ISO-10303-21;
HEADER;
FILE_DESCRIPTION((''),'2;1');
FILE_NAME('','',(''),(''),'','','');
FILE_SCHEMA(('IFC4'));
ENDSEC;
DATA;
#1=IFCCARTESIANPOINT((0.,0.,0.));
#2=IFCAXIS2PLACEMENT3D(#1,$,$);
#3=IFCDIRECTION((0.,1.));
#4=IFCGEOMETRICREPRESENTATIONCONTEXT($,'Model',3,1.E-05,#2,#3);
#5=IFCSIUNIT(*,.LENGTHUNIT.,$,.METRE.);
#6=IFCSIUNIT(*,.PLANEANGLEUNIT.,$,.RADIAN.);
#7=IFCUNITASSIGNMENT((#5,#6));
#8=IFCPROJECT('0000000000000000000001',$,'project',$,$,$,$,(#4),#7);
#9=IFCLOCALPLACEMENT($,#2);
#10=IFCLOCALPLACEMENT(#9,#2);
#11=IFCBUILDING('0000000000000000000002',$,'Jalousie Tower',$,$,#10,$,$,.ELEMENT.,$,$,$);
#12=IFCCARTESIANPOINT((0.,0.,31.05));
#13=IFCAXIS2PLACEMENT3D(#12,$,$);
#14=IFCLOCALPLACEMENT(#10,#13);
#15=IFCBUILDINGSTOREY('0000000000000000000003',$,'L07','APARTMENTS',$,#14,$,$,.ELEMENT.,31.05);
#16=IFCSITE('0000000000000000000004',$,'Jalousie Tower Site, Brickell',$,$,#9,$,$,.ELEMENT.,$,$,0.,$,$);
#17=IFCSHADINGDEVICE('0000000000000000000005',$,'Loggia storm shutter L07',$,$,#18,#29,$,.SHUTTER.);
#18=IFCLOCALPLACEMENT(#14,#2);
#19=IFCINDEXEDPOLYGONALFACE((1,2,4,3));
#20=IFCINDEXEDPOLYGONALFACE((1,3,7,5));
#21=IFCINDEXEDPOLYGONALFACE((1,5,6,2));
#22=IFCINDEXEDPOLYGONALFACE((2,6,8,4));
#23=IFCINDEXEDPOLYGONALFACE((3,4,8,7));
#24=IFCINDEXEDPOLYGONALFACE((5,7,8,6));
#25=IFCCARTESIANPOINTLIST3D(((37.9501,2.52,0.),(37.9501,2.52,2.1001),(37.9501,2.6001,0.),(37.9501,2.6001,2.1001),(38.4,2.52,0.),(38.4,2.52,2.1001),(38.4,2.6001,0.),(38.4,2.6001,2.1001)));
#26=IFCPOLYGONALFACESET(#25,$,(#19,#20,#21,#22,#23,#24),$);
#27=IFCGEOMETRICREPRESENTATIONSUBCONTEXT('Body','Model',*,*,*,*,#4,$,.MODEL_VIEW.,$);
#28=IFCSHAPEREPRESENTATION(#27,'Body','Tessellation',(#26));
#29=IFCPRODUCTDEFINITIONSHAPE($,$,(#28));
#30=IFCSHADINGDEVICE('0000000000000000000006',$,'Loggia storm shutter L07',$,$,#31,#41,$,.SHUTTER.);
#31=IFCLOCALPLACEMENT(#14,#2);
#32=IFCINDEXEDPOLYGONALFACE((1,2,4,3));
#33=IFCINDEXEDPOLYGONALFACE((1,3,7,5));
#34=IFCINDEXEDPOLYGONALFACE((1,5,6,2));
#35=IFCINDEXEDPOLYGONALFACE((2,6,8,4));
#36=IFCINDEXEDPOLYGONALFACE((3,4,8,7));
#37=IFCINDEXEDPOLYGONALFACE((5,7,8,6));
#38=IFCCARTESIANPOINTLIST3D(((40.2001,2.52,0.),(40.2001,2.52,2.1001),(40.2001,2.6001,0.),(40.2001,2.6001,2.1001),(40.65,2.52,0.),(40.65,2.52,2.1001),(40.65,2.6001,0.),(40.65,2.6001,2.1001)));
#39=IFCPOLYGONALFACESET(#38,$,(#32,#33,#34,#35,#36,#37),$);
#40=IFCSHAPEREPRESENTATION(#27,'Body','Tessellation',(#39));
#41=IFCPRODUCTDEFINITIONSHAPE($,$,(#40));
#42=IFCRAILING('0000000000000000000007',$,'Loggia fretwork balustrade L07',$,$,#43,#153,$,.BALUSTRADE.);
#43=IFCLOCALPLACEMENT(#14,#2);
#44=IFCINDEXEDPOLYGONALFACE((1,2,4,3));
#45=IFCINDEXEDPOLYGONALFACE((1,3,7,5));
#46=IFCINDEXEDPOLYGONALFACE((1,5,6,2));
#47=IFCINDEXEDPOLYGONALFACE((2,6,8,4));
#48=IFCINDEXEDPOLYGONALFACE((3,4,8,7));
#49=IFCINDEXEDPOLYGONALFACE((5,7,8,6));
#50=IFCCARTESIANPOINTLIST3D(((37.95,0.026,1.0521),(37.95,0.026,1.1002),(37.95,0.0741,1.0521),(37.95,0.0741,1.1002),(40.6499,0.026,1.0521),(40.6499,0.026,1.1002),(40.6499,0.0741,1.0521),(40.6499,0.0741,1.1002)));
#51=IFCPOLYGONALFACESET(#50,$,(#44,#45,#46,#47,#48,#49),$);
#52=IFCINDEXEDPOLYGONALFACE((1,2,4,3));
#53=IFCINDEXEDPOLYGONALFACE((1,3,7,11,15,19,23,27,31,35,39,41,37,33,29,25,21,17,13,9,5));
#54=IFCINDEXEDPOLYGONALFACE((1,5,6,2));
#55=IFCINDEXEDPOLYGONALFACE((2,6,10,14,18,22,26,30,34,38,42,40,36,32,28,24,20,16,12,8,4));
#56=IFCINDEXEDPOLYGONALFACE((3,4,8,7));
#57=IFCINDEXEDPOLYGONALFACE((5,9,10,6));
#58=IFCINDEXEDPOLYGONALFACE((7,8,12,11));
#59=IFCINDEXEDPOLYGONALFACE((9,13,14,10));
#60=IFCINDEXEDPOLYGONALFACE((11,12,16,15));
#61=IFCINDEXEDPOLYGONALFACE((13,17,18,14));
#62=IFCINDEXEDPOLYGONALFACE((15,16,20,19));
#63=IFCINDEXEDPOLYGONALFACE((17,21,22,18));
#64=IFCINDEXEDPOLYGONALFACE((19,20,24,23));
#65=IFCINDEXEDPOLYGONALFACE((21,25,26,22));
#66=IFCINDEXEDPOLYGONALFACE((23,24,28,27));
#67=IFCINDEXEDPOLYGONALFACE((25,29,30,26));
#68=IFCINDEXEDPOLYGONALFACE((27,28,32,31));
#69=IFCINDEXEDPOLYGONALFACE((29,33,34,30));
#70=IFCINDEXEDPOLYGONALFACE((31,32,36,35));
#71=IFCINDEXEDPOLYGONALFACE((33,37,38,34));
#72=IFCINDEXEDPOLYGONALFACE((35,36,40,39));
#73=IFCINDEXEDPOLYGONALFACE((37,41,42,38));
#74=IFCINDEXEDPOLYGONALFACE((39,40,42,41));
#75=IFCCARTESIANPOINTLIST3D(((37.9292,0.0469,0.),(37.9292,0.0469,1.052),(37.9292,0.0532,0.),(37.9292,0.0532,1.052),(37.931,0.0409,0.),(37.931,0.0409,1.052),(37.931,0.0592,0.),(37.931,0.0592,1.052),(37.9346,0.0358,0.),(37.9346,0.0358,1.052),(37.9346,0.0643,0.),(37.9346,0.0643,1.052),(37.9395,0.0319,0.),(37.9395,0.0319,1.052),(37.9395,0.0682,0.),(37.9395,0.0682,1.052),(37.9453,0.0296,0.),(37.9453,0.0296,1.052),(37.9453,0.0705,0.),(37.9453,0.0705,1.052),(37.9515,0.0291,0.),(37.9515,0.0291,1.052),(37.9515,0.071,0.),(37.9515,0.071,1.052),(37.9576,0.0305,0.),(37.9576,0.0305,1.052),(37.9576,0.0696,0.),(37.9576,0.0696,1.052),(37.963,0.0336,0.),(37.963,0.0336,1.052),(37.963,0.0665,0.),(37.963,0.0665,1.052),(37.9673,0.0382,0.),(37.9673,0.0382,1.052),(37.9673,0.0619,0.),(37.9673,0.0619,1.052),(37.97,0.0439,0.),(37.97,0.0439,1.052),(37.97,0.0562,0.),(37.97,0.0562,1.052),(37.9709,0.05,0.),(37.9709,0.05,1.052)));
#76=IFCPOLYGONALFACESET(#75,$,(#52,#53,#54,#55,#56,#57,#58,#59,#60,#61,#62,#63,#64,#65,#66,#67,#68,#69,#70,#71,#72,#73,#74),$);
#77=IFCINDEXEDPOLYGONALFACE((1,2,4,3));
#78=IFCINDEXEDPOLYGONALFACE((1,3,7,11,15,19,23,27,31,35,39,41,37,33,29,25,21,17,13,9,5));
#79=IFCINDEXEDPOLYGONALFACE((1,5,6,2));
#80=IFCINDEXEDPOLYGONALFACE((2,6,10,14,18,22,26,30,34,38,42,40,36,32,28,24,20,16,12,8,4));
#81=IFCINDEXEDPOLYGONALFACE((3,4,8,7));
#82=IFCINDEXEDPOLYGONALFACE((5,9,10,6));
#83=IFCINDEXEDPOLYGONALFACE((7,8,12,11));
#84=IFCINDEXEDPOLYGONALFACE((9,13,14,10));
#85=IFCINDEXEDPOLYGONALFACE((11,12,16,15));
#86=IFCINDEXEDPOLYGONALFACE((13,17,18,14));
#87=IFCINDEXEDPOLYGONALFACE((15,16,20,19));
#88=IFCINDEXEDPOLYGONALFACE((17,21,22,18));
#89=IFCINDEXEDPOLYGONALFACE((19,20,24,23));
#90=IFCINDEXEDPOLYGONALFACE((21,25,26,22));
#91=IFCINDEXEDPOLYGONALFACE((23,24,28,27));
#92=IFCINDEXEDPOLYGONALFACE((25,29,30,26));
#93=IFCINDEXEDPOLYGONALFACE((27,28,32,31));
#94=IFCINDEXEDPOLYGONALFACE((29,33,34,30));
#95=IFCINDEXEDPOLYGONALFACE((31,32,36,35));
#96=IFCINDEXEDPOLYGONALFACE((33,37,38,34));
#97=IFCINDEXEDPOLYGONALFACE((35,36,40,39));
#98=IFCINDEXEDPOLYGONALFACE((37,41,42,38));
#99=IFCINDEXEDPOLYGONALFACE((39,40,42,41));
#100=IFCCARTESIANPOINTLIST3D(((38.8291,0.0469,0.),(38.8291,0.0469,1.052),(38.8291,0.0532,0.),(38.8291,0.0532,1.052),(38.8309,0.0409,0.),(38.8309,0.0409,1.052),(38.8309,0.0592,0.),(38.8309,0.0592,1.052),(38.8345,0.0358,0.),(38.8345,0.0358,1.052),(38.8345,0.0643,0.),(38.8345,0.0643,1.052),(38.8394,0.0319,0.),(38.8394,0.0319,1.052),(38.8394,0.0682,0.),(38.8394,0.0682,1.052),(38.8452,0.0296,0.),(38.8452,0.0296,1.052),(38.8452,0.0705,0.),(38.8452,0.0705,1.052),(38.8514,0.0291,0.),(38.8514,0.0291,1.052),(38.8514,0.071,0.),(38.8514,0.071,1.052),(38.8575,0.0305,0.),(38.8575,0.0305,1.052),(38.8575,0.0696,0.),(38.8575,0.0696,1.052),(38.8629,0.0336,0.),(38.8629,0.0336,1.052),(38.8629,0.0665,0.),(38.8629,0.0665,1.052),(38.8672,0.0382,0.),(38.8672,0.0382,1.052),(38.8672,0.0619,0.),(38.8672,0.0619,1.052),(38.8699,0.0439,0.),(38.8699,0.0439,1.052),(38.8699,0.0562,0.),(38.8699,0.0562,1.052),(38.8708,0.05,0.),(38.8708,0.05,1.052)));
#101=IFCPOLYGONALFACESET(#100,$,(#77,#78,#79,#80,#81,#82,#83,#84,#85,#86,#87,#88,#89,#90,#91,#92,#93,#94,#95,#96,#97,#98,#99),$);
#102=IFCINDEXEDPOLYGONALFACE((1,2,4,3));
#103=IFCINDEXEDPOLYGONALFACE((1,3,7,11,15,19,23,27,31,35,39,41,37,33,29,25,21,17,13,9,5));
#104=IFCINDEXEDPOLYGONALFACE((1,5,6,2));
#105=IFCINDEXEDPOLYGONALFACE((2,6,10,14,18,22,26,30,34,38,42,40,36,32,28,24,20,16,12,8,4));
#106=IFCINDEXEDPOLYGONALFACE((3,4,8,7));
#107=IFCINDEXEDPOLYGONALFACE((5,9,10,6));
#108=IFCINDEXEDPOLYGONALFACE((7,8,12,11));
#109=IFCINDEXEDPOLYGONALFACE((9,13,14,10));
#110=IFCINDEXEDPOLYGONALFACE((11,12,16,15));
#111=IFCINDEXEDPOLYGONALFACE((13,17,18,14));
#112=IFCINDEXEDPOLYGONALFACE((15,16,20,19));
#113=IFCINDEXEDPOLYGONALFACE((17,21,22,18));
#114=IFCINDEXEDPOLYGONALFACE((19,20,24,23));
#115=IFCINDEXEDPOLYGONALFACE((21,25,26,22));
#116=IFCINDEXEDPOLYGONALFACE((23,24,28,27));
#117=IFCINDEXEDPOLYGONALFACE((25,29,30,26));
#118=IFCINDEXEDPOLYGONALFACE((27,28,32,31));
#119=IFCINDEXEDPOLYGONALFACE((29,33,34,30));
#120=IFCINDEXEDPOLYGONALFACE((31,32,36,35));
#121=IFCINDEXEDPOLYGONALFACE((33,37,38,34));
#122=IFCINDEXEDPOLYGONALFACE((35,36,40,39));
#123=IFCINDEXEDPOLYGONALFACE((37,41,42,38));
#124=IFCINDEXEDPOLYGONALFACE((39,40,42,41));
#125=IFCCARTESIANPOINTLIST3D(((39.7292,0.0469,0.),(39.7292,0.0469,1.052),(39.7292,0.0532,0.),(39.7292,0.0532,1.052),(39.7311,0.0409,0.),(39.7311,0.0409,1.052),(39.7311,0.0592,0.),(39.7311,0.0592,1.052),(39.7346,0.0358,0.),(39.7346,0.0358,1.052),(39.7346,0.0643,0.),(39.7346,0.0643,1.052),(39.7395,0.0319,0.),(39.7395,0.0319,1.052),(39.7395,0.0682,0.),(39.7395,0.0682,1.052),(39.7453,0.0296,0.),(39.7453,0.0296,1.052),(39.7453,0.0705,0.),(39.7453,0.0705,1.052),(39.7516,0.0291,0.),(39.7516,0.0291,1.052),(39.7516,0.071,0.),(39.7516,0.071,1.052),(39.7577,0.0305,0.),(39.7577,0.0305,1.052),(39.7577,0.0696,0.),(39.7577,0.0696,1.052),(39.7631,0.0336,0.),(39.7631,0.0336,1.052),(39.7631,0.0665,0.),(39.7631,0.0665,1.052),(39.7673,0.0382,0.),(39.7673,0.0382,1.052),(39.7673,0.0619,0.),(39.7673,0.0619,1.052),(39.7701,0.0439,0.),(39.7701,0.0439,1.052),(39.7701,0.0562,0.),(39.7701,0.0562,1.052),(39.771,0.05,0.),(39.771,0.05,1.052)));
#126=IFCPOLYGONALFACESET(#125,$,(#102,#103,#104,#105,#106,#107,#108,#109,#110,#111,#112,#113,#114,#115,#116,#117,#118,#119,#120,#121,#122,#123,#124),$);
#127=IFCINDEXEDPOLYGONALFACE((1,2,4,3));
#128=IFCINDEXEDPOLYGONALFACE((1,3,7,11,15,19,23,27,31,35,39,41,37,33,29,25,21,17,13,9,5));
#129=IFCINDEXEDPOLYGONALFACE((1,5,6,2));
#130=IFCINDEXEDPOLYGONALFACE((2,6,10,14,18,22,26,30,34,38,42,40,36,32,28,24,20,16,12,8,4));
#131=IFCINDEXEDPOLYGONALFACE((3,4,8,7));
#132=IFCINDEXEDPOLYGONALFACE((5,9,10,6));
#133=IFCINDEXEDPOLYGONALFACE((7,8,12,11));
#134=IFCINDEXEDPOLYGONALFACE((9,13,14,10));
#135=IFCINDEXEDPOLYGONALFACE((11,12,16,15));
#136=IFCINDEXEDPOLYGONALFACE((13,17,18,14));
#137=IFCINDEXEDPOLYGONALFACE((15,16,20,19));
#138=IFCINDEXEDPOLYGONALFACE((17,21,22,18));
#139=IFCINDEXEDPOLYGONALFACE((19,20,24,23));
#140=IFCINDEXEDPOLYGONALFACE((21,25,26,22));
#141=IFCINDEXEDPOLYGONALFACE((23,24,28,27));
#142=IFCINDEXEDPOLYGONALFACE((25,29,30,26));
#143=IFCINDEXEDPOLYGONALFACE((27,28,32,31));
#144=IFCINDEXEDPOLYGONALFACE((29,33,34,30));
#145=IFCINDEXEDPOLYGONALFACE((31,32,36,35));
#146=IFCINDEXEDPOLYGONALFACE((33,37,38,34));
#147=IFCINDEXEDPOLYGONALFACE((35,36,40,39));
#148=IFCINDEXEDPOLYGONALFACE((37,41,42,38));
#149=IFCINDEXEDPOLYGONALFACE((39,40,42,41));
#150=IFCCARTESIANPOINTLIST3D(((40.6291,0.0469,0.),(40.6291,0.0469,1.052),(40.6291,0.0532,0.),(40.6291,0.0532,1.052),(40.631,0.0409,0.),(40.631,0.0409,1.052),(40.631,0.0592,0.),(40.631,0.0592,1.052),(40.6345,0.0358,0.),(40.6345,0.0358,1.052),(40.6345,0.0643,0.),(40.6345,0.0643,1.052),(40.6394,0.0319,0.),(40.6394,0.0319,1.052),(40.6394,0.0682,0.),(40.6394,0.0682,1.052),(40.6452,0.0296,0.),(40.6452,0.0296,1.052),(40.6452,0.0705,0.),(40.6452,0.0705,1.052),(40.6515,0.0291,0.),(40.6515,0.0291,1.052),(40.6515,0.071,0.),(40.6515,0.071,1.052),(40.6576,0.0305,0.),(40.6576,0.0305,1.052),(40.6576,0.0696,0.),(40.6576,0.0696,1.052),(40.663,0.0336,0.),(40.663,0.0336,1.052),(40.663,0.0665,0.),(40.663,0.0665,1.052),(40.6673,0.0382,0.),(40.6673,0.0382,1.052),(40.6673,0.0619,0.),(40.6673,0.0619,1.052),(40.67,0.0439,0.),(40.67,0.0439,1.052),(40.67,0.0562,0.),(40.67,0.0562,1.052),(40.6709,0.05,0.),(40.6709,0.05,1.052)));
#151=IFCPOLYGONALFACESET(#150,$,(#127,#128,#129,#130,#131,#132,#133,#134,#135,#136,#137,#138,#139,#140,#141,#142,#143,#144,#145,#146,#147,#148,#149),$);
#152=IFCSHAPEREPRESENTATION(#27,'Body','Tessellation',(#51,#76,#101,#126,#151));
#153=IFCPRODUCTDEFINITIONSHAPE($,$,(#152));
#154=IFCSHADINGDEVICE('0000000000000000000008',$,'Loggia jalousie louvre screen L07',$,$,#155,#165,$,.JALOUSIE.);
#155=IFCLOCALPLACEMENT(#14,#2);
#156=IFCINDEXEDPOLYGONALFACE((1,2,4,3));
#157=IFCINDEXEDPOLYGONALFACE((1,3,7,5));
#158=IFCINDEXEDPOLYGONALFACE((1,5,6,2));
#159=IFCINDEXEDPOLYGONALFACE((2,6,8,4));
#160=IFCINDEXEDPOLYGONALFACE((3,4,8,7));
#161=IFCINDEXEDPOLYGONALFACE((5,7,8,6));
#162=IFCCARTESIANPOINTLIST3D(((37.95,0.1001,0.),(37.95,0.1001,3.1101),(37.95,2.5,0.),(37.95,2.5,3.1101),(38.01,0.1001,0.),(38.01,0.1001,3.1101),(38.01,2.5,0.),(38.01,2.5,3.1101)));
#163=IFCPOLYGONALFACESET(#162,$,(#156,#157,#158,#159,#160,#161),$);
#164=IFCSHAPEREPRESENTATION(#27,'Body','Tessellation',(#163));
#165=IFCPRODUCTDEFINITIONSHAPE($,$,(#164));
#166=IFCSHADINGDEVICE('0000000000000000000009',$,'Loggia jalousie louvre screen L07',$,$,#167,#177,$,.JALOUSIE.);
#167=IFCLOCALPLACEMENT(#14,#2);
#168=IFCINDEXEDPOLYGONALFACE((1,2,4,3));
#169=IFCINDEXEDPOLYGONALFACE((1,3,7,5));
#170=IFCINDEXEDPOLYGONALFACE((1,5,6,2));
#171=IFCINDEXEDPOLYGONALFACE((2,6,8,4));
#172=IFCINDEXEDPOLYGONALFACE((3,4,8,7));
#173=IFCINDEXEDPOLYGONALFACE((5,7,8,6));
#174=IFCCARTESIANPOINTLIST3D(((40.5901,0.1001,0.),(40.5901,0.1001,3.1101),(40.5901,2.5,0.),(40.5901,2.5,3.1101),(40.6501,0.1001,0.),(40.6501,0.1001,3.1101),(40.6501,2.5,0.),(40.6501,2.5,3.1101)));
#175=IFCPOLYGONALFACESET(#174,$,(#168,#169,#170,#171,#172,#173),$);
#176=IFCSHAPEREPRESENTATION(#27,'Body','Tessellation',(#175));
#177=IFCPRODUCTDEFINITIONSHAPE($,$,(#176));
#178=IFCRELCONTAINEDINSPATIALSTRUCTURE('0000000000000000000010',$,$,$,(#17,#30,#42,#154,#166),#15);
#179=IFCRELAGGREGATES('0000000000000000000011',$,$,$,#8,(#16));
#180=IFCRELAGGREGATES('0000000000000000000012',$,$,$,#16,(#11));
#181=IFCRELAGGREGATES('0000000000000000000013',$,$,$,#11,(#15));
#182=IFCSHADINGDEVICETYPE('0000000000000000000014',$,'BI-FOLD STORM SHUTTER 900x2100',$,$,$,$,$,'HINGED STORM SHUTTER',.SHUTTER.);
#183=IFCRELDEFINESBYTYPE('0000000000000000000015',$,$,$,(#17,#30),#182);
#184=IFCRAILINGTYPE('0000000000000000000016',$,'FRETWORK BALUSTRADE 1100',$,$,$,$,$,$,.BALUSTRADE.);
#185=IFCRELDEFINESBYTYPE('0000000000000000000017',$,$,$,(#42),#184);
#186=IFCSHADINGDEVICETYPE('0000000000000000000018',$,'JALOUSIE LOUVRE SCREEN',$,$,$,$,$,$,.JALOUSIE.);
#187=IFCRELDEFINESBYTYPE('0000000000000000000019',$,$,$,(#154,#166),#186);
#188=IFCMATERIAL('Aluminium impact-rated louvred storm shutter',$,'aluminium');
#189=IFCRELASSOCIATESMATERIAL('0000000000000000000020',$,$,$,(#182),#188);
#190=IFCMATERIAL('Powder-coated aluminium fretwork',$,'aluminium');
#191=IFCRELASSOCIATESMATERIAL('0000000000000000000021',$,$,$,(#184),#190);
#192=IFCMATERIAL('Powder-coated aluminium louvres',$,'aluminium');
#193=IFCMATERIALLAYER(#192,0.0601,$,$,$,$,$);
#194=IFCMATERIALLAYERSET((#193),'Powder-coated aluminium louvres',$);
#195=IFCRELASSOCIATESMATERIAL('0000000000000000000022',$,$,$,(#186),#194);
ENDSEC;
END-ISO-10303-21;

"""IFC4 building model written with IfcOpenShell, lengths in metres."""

from ifc_helpers import new_model, si_unit, direction, frame, origin, origin_2d, place, context, subcontext, project, spatial, rectangle, circle, extrude, material, layer, layer_set, type_object, element, save


model = new_model("IFC4")

# Units and contexts
model_context = context("Model", 3, precision=1e-05, world=origin(), true_north=direction((0.0, 1.0)))
body_context = subcontext(model_context, "Body", "Model", "MODEL_VIEW")
ifc_project = project(units=[si_unit("LENGTHUNIT", "METRE"), si_unit("PLANEANGLEUNIT", "RADIAN")], contexts=[model_context])

# Site, building, storey
site_placement = place(None, origin())
site = spatial("IfcSite", under=ifc_project, at=site_placement, Name="Jalousie Tower Site, Brickell", CompositionType="ELEMENT", RefElevation=0.0)
building_placement = place(site_placement, origin())
building = spatial("IfcBuilding", under=site, at=building_placement, Name="Jalousie Tower", CompositionType="ELEMENT")
storey_placement = place(building_placement, frame((0.0, 0.0, 31.05)))
storey = spatial("IfcBuildingStorey", under=building, at=storey_placement, Name="L07", Description="APARTMENTS", CompositionType="ELEMENT", Elevation=31.05)

# Shading devices
ifc_material_1 = material(Name="Aluminium impact-rated louvred storm shutter", Category="aluminium")
shading_device_type_1 = type_object("IfcShadingDeviceType", Name="BI-FOLD STORM SHUTTER 900x2100", ElementType="HINGED STORM SHUTTER", PredefinedType="SHUTTER", material=ifc_material_1)
for number, where, z_axis, x_axis, name in (
    (1, (38.175, 2.5601, 0.0), (0.0, 0.0, 1.0), (1.0, 0.0, 0.0), "Loggia storm shutter L07"),
    (2, (40.425, 2.5601, 0.0), (0.0, 0.0, 1.0), (1.0, 0.0, 0.0), "Loggia storm shutter L07"),
):
    element("IfcShadingDevice", number, at=place(storey_placement, frame(where, z_axis=z_axis, x_axis=x_axis)), inside=storey, type_object=shading_device_type_1, Name=name, PredefinedType="SHUTTER", context=body_context, shape_type="SweptSolid", body=[
        extrude(rectangle(XDim=0.45, YDim=0.0801, at=origin_2d()), origin(), (0.0, 0.0, 1.0), 2.1001),
    ])

# Railing
ifc_material_2 = material(Name="Powder-coated aluminium fretwork", Category="aluminium")
railing_type = type_object("IfcRailingType", Name="FRETWORK BALUSTRADE 1100", PredefinedType="BALUSTRADE", material=ifc_material_2)
railing_placement = place(storey_placement, frame((37.95, 0.05, 0.0)))
element("IfcRailing", 3, at=railing_placement, inside=storey, type_object=railing_type, Name="Loggia fretwork balustrade L07", PredefinedType="BALUSTRADE", context=body_context, shape_type="SweptSolid", body=[
    extrude(rectangle(XDim=0.0481, YDim=0.0481, at=origin_2d()), frame((0.0, 0.0, 1.0762), z_axis=(1.0, 0.0, 0.0), x_axis=(0.0, 1.0, 0.0)), (0.0, 0.0, 1.0), 2.7),
    extrude(circle(Radius=0.021, at=origin_2d()), origin(), (0.0, 0.0, 1.0), 1.052),
    extrude(circle(Radius=0.021, at=origin_2d()), frame((0.8999, 0.0, 0.0)), (0.0, 0.0, 1.0), 1.052),
    extrude(circle(Radius=0.021, at=origin_2d()), frame((1.8, 0.0, 0.0)), (0.0, 0.0, 1.0), 1.052),
    extrude(circle(Radius=0.021, at=origin_2d()), frame((2.7, 0.0, 0.0)), (0.0, 0.0, 1.0), 1.052),
])

# Shading devices
ifc_material_3 = material(Name="Powder-coated aluminium louvres", Category="aluminium")
ifc_layer_1 = layer(ifc_material_3, 0.0601)
ifc_layer_set_1 = layer_set([ifc_layer_1], Name="Powder-coated aluminium louvres")
shading_device_type_2 = type_object("IfcShadingDeviceType", Name="JALOUSIE LOUVRE SCREEN", PredefinedType="JALOUSIE", material=ifc_layer_set_1)
for number, where, z_axis, x_axis, name in (
    (4, (37.98, 1.3, 0.0), (0.0, 0.0, 1.0), (1.0, 0.0, 0.0), "Loggia jalousie louvre screen L07"),
    (5, (40.6201, 1.3, 0.0), (0.0, 0.0, 1.0), (1.0, 0.0, 0.0), "Loggia jalousie louvre screen L07"),
):
    element("IfcShadingDevice", number, at=place(storey_placement, frame(where, z_axis=z_axis, x_axis=x_axis)), inside=storey, type_object=shading_device_type_2, Name=name, PredefinedType="JALOUSIE", context=body_context, shape_type="SweptSolid", body=[
        extrude(rectangle(XDim=0.0601, YDim=2.3999, at=origin_2d()), origin(), (0.0, 0.0, 1.0), 3.1101),
    ])

save(model, "model.ifc")
